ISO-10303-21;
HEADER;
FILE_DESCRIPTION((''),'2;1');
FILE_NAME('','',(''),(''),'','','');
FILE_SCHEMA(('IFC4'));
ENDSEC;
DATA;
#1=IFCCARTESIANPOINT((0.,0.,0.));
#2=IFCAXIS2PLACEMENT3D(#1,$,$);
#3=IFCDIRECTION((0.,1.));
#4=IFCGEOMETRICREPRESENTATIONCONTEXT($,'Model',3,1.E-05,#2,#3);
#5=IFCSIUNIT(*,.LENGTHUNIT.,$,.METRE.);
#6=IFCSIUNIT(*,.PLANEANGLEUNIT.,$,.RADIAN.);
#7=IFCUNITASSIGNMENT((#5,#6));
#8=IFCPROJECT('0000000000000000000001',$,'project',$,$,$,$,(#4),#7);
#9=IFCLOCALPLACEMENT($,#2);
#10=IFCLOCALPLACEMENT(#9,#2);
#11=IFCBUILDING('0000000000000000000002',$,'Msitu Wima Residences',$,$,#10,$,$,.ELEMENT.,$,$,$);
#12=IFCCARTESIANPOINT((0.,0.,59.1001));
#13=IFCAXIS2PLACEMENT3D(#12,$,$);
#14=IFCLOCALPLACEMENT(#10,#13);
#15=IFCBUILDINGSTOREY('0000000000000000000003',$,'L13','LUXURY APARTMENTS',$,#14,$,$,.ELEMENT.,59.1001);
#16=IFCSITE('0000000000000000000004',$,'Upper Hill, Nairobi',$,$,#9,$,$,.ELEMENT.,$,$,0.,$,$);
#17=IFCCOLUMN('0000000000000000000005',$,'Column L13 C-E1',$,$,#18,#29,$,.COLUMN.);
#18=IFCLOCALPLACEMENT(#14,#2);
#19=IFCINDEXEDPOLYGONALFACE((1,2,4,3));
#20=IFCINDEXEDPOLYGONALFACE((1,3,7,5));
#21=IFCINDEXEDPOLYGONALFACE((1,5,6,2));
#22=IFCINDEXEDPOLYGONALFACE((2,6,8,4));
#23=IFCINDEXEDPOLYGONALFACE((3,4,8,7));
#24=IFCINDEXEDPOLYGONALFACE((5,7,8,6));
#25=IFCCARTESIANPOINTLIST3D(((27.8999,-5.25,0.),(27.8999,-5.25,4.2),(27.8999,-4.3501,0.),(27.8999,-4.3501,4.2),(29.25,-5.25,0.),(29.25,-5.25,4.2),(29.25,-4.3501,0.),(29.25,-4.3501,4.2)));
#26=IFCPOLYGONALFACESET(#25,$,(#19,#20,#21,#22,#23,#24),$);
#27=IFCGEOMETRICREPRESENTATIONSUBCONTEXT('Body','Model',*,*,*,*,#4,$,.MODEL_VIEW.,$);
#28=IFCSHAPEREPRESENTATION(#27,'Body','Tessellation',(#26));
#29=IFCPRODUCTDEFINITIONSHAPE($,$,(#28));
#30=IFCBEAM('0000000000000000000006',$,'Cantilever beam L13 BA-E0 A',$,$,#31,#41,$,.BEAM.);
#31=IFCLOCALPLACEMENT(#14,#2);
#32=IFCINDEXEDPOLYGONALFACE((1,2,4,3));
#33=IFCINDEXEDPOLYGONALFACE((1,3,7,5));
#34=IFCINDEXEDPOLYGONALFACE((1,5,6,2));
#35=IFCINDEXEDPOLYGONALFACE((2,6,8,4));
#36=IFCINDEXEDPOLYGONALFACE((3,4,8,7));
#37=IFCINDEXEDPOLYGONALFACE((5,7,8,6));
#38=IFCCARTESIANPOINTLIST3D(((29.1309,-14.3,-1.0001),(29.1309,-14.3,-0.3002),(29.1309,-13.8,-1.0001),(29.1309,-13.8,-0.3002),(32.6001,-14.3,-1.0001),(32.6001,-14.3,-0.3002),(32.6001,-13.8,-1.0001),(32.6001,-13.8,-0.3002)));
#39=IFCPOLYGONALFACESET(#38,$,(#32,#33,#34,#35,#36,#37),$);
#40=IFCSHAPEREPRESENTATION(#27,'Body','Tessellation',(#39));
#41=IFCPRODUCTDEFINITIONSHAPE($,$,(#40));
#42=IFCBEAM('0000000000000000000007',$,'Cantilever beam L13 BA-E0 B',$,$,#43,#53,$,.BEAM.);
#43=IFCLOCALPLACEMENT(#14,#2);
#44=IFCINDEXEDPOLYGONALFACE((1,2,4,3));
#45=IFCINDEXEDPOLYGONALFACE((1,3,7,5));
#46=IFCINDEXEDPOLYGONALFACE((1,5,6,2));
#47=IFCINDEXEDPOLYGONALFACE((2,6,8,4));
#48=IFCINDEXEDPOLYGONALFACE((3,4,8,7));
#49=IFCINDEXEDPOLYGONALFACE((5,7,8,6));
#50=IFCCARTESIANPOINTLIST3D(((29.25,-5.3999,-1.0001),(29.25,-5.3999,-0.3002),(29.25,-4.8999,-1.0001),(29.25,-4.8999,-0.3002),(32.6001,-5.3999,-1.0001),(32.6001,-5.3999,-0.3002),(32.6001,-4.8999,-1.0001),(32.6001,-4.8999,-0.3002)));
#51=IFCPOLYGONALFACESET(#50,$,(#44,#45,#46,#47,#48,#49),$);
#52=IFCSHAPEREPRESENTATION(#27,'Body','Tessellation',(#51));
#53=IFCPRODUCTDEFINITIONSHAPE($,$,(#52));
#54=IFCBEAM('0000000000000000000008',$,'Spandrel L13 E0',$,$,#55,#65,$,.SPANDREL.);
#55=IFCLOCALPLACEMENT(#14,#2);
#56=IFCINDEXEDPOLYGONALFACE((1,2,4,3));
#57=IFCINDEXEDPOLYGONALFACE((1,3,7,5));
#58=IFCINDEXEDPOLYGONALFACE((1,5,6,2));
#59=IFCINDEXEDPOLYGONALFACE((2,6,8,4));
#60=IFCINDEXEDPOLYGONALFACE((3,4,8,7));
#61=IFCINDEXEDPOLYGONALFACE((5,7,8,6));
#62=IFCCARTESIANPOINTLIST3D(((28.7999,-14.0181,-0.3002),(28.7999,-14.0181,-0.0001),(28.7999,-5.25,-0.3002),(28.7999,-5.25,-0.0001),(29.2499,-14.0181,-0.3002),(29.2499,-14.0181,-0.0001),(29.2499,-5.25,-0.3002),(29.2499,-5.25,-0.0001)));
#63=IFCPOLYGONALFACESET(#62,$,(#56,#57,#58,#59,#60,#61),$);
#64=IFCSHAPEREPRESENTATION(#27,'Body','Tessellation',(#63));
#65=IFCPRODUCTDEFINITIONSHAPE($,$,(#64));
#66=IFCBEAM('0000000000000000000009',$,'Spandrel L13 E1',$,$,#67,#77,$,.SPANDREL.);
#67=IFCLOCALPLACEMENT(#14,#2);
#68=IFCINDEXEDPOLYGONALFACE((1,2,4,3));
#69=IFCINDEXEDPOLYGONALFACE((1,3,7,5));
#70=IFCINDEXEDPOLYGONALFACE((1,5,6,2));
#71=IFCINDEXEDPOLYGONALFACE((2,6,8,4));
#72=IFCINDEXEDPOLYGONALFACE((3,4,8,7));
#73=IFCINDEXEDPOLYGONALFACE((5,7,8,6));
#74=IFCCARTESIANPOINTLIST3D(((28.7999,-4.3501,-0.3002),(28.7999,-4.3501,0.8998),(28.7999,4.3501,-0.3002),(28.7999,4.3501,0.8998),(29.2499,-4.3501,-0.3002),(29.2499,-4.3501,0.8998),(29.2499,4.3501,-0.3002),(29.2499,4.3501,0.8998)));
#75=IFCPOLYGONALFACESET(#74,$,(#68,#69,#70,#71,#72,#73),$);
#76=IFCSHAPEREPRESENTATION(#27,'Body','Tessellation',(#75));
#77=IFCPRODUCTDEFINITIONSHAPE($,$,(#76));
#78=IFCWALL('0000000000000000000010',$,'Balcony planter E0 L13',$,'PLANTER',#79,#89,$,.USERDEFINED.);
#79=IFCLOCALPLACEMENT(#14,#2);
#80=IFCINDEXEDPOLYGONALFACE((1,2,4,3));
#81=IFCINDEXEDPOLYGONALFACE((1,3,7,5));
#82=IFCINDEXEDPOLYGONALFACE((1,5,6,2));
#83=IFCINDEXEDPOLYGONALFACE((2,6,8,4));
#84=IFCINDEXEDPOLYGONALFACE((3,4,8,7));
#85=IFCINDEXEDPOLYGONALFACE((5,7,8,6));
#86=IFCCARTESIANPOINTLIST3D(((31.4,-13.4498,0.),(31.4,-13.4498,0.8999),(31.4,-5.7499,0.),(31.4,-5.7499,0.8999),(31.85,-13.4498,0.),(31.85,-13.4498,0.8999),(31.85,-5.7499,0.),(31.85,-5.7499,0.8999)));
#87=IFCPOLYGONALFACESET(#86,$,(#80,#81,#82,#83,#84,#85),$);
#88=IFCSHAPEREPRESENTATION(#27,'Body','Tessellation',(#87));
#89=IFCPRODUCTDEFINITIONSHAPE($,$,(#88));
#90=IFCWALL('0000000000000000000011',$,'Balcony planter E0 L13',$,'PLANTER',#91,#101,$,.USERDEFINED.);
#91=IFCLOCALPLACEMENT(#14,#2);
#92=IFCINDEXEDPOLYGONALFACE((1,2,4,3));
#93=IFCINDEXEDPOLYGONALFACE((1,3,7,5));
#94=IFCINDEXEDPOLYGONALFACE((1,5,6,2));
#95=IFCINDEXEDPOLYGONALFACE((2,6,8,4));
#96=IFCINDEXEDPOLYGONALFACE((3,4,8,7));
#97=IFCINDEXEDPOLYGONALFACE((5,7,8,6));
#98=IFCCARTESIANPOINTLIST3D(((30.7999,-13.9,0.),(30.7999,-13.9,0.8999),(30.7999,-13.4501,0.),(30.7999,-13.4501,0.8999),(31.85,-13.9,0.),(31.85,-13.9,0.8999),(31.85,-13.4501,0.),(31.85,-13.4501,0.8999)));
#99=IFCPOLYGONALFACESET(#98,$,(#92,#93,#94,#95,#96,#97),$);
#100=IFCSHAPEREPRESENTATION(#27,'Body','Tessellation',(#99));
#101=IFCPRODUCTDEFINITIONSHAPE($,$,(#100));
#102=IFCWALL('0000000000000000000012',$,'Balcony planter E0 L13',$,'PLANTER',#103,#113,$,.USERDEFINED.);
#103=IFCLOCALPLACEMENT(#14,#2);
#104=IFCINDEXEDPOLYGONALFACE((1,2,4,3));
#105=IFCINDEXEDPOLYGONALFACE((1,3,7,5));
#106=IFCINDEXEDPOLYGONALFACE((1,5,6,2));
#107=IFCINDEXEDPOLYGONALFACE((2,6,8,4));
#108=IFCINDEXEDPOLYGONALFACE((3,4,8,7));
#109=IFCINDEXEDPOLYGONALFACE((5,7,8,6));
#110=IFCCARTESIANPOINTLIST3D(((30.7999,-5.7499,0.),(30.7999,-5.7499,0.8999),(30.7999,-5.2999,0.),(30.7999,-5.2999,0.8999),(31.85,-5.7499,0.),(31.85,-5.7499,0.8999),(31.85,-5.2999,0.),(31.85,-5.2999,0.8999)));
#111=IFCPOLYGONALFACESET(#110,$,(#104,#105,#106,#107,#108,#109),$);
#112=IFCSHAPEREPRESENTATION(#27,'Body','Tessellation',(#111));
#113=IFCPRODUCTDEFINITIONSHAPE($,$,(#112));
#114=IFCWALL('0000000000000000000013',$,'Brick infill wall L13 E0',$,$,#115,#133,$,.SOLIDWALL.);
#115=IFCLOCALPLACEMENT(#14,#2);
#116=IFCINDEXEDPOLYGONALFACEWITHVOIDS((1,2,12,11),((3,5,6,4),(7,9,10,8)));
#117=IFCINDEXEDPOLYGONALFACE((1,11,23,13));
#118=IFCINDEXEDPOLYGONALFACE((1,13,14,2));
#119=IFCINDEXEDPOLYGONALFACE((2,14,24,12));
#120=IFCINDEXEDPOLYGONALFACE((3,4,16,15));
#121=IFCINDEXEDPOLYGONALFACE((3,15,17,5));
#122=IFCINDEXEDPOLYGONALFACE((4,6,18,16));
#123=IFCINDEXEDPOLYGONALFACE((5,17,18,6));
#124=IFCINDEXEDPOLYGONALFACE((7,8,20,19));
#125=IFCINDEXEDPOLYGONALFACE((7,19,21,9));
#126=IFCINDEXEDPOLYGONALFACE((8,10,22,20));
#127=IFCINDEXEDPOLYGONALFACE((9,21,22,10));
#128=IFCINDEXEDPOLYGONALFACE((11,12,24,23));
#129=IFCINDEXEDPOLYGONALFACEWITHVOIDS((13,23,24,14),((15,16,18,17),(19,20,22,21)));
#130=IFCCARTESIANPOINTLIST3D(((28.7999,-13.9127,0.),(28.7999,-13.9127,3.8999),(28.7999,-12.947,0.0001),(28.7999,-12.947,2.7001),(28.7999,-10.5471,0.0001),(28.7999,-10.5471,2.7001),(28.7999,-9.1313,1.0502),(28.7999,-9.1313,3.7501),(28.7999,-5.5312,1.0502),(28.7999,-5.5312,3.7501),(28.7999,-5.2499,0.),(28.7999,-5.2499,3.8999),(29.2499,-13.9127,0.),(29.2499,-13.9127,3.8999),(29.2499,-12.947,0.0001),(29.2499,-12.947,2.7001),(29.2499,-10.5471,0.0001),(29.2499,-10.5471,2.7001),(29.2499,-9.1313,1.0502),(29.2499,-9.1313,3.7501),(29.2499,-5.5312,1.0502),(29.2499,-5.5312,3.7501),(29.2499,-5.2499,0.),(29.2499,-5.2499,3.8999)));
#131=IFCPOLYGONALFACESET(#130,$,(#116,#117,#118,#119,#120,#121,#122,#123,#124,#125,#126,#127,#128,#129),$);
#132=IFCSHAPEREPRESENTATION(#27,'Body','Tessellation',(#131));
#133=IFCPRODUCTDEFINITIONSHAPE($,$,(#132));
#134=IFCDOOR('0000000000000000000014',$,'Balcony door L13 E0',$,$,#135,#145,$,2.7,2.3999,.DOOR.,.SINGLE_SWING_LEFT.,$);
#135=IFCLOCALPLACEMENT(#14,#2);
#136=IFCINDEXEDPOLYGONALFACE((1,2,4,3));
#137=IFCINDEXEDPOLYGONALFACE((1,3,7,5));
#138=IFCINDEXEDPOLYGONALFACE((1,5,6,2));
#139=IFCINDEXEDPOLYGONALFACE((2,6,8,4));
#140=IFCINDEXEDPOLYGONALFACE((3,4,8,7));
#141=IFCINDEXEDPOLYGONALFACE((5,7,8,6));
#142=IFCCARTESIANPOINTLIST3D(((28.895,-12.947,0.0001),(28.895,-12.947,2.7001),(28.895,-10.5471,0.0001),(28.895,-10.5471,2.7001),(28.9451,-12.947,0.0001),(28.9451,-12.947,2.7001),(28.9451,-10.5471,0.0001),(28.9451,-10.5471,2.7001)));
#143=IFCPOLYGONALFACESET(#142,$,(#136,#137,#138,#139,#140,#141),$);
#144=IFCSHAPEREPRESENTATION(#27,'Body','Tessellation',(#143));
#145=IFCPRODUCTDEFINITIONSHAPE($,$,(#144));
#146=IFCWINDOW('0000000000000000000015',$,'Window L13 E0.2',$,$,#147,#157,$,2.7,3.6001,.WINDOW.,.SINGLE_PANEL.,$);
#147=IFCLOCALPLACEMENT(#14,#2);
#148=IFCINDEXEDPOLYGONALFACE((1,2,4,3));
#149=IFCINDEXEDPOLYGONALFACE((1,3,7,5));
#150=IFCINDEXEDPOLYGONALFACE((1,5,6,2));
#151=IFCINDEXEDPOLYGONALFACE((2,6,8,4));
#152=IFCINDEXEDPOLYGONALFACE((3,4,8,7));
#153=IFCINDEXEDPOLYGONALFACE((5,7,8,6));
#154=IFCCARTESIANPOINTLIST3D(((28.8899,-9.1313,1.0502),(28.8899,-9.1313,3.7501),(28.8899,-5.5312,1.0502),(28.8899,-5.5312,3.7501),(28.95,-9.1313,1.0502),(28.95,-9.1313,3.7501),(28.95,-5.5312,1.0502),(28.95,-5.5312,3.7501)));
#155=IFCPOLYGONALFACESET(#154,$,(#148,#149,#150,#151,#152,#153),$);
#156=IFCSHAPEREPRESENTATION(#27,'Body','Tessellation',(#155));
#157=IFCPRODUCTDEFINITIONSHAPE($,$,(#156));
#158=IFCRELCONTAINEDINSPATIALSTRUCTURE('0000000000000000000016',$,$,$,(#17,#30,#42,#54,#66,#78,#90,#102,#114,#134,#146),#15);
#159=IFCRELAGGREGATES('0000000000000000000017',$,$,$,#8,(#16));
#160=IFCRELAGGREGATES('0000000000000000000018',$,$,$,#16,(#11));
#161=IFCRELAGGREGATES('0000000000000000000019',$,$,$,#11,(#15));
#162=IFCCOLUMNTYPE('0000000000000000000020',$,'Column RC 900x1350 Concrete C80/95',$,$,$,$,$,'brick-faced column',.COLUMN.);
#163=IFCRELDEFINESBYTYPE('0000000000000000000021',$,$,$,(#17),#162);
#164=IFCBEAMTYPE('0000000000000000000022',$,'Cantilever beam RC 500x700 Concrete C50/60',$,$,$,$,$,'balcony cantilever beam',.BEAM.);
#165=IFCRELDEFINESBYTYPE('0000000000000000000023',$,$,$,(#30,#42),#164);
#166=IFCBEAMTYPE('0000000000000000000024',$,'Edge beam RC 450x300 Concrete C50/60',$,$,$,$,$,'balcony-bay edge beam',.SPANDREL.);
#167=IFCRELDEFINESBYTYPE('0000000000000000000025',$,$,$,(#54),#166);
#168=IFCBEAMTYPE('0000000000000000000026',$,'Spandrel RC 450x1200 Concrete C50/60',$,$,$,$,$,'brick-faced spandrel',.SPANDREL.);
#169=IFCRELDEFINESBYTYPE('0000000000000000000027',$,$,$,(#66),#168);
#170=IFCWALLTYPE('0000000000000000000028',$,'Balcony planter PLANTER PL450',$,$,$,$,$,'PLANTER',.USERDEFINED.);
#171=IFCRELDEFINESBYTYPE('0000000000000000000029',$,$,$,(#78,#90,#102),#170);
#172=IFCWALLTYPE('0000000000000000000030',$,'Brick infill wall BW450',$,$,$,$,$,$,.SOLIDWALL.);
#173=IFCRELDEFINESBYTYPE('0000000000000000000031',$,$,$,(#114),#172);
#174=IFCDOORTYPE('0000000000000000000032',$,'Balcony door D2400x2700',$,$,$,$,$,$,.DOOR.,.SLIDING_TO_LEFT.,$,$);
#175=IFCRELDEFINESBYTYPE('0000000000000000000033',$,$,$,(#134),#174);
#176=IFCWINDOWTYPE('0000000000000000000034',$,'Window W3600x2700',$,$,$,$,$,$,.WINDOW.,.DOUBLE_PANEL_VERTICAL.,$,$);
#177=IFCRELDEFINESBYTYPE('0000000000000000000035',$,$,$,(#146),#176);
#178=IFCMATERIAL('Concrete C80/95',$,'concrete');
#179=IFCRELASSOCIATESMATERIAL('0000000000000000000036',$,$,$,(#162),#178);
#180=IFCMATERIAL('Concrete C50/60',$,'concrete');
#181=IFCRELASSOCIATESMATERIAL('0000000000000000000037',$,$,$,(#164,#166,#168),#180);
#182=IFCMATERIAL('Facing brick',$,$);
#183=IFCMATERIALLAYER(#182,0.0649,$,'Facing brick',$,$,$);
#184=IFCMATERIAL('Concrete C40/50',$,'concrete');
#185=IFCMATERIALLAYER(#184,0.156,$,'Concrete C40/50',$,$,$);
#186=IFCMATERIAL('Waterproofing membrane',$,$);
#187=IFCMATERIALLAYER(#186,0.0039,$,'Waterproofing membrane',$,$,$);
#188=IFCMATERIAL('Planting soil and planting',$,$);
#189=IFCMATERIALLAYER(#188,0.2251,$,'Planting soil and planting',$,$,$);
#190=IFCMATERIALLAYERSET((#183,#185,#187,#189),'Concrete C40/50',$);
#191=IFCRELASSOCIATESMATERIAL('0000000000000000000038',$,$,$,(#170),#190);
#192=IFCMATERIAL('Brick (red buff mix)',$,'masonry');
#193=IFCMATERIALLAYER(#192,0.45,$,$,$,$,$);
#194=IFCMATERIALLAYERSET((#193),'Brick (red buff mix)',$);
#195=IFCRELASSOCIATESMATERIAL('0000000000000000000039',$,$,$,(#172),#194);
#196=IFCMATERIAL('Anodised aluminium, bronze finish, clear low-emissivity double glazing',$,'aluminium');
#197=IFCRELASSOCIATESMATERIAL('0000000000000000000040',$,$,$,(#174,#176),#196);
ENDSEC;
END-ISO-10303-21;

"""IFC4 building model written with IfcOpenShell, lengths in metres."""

from ifc_helpers import new_model, si_unit, direction, frame, frame_2d, origin, origin_2d, place, context, subcontext, project, spatial, rectangle, extrude, material, layer, layer_set, material_profile, profile_set, type_object, element, fill, save


model = new_model("IFC4")

# Units and contexts
model_context = context("Model", 3, precision=1e-05, world=origin(), true_north=direction((0.0, 1.0)))
body_context = subcontext(model_context, "Body", "Model", "MODEL_VIEW")
ifc_project = project(units=[si_unit("LENGTHUNIT", "METRE"), si_unit("PLANEANGLEUNIT", "RADIAN")], contexts=[model_context])

# Site, building, storey
site_placement = place(None, origin())
site = spatial("IfcSite", under=ifc_project, at=site_placement, Name="Upper Hill, Nairobi", CompositionType="ELEMENT", RefElevation=0.0)
building_placement = place(site_placement, origin())
building = spatial("IfcBuilding", under=site, at=building_placement, Name="Msitu Wima Residences", CompositionType="ELEMENT")
storey_placement = place(building_placement, frame((0.0, 0.0, 59.1001)))
storey = spatial("IfcBuildingStorey", under=building, at=storey_placement, Name="L13", Description="LUXURY APARTMENTS", CompositionType="ELEMENT", Elevation=59.1001)

# Column
ifc_material_1 = material(Name="Concrete C80/95", Category="concrete")
ifc_material_profile_1 = material_profile(ifc_material_1, rectangle(XDim=0.8999, YDim=1.3501, at=origin_2d()), Name="RC 900x1350")
ifc_profile_set_1 = profile_set([ifc_material_profile_1], Name="Concrete C80/95")
column_type = type_object("IfcColumnType", Name="Column RC 900x1350 Concrete C80/95", ElementType="brick-faced column", PredefinedType="COLUMN", material=ifc_profile_set_1)
column_placement = place(storey_placement, frame((28.575, -4.8, 0.0), z_axis=(0.0, 0.0, 1.0), x_axis=(0.0, 1.0, 0.0)))
element("IfcColumn", 1, at=column_placement, inside=storey, type_object=column_type, Name="Column L13 C-E1", PredefinedType="COLUMN", context=body_context, shape_type="SweptSolid", body=[
    extrude(rectangle(XDim=0.8999, YDim=1.3501, at=origin_2d()), origin(), (0.0, 0.0, 1.0), 4.2),
])

# Beams
ifc_material_2 = material(Name="Concrete C50/60", Category="concrete")
ifc_material_profile_2 = material_profile(ifc_material_2, rectangle(XDim=0.5, YDim=0.7, at=origin_2d()), Name="RC 500x700")
ifc_profile_set_2 = profile_set([ifc_material_profile_2], Name="Concrete C50/60")
beam_type_1 = type_object("IfcBeamType", Name="Cantilever beam RC 500x700 Concrete C50/60", ElementType="balcony cantilever beam", PredefinedType="BEAM", material=ifc_profile_set_2)
beam_1_placement = place(storey_placement, frame((29.1309, -14.05, -0.6501), z_axis=(1.0, 0.0, 0.0), x_axis=(0.0, 1.0, 0.0)))
element("IfcBeam", 2, at=beam_1_placement, inside=storey, type_object=beam_type_1, Name="Cantilever beam L13 BA-E0 A", PredefinedType="BEAM", context=body_context, shape_type="SweptSolid", body=[
    extrude(rectangle(XDim=0.5, YDim=0.7, at=origin_2d()), origin(), (0.0, 0.0, 1.0), 3.4692),
])
beam_2_placement = place(storey_placement, frame((29.25, -5.1499, -0.6501), z_axis=(1.0, 0.0, 0.0), x_axis=(0.0, 1.0, 0.0)))
element("IfcBeam", 3, at=beam_2_placement, inside=storey, type_object=beam_type_1, Name="Cantilever beam L13 BA-E0 B", PredefinedType="BEAM", context=body_context, shape_type="SweptSolid", body=[
    extrude(rectangle(XDim=0.5, YDim=0.7, at=origin_2d()), origin(), (0.0, 0.0, 1.0), 3.3501),
])
ifc_material_profile_3 = material_profile(ifc_material_2, rectangle(XDim=0.45, YDim=0.3, at=origin_2d()), Name="RC 450x300")
ifc_profile_set_3 = profile_set([ifc_material_profile_3], Name="Concrete C50/60")
beam_type_2 = type_object("IfcBeamType", Name="Edge beam RC 450x300 Concrete C50/60", ElementType="balcony-bay edge beam", PredefinedType="SPANDREL", material=ifc_profile_set_3)
beam_3_placement = place(storey_placement, frame((29.0249, -14.0181, -0.1501), z_axis=(0.0, 1.0, 0.0), x_axis=(-1.0, 0.0, 0.0)))
element("IfcBeam", 4, at=beam_3_placement, inside=storey, type_object=beam_type_2, Name="Spandrel L13 E0", PredefinedType="SPANDREL", context=body_context, shape_type="SweptSolid", body=[
    extrude(rectangle(XDim=0.45, YDim=0.3, at=origin_2d()), origin(), (0.0, 0.0, 1.0), 8.7681),
])
ifc_material_profile_4 = material_profile(ifc_material_2, rectangle(XDim=0.45, YDim=1.2, at=origin_2d()), Name="RC 450x1200")
ifc_profile_set_4 = profile_set([ifc_material_profile_4], Name="Concrete C50/60")
beam_type_3 = type_object("IfcBeamType", Name="Spandrel RC 450x1200 Concrete C50/60", ElementType="brick-faced spandrel", PredefinedType="SPANDREL", material=ifc_profile_set_4)
beam_4_placement = place(storey_placement, frame((29.0249, -4.3501, 0.2998), z_axis=(0.0, 1.0, 0.0), x_axis=(-1.0, 0.0, 0.0)))
element("IfcBeam", 5, at=beam_4_placement, inside=storey, type_object=beam_type_3, Name="Spandrel L13 E1", PredefinedType="SPANDREL", context=body_context, shape_type="SweptSolid", body=[
    extrude(rectangle(XDim=0.45, YDim=1.2, at=origin_2d()), origin(), (0.0, 0.0, 1.0), 8.7002),
])

# Walls
ifc_material_3 = material(Name="Facing brick")
ifc_layer_1 = layer(ifc_material_3, 0.0649, Name="Facing brick")
ifc_material_4 = material(Name="Concrete C40/50", Category="concrete")
ifc_layer_2 = layer(ifc_material_4, 0.156, Name="Concrete C40/50")
ifc_material_5 = material(Name="Waterproofing membrane")
ifc_layer_3 = layer(ifc_material_5, 0.0039, Name="Waterproofing membrane")
ifc_material_6 = material(Name="Planting soil and planting")
ifc_layer_4 = layer(ifc_material_6, 0.2251, Name="Planting soil and planting")
ifc_layer_set_1 = layer_set([ifc_layer_1, ifc_layer_2, ifc_layer_3, ifc_layer_4], Name="Concrete C40/50")
wall_type_1 = type_object("IfcWallType", Name="Balcony planter PLANTER PL450", ElementType="PLANTER", PredefinedType="USERDEFINED", material=ifc_layer_set_1)
wall_1_placement = place(storey_placement, frame((31.625, -13.45, 0.0), z_axis=(0.0, 0.0, 1.0), x_axis=(0.0, 1.0, 0.0)))
element("IfcWall", 6, at=wall_1_placement, inside=storey, type_object=wall_type_1, Name="Balcony planter E0 L13", ObjectType="PLANTER", PredefinedType="USERDEFINED", context=body_context, shape_type="SweptSolid", body=[
    extrude(rectangle(XDim=7.7, YDim=0.45, at=frame_2d((3.8501, 0.0))), origin(), (0.0, 0.0, 1.0), 0.8999),
])
for number, where, z_axis, x_axis, name in (
    (7, (30.8, -13.675, 0.0), (0.0, 0.0, 1.0), (1.0, 0.0, 0.0), "Balcony planter E0 L13"),
    (8, (30.8, -5.5249, 0.0), (0.0, 0.0, 1.0), (1.0, 0.0, 0.0), "Balcony planter E0 L13"),
):
    element("IfcWall", number, at=place(storey_placement, frame(where, z_axis=z_axis, x_axis=x_axis)), inside=storey, type_object=wall_type_1, Name=name, ObjectType="PLANTER", PredefinedType="USERDEFINED", context=body_context, shape_type="SweptSolid", body=[
        extrude(rectangle(XDim=1.05, YDim=0.45, at=frame_2d((0.5249, 0.0))), origin(), (0.0, 0.0, 1.0), 0.8999),
    ])

# Wall, openings, door, window
ifc_material_7 = material(Name="Brick (red buff mix)", Category="masonry")
ifc_layer_5 = layer(ifc_material_7, 0.45)
ifc_layer_set_2 = layer_set([ifc_layer_5], Name="Brick (red buff mix)")
wall_type_2 = type_object("IfcWallType", Name="Brick infill wall BW450", PredefinedType="SOLIDWALL", material=ifc_layer_set_2)
wall_2_placement = place(storey_placement, frame((29.0249, -13.9128, 0.0), z_axis=(0.0, 0.0, 1.0), x_axis=(0.0, 1.0, 0.0)))
wall_2 = element("IfcWall", 9, at=wall_2_placement, inside=storey, type_object=wall_type_2, Name="Brick infill wall L13 E0", PredefinedType="SOLIDWALL", context=body_context, shape_type="SweptSolid", body=[
    extrude(rectangle(XDim=8.6628, YDim=0.45, at=frame_2d((4.3315, 0.0))), origin(), (0.0, 0.0, 1.0), 3.8999),
])
opening_1_placement = place(wall_2_placement, frame((0.9658, 0.0, 0.0)))
opening_1 = element("IfcOpeningElement", 10, at=opening_1_placement, cuts=wall_2, PredefinedType="OPENING", context=body_context, shape_type="SweptSolid", body=[
    extrude(rectangle(XDim=2.3999, YDim=2.7, at=frame_2d((1.2, 1.3501))), frame((0.0, 0.2349, 0.0), z_axis=(0.0, -1.0, 0.0), x_axis=(1.0, 0.0, 0.0)), (0.0, 0.0, 1.0), 0.47),
])
opening_2_placement = place(wall_2_placement, frame((4.7815, 0.0, 1.05)))
opening_2 = element("IfcOpeningElement", 11, at=opening_2_placement, cuts=wall_2, PredefinedType="OPENING", context=body_context, shape_type="SweptSolid", body=[
    extrude(rectangle(XDim=3.6001, YDim=2.7, at=frame_2d((1.8, 1.3501))), frame((0.0, 0.2349, 0.0), z_axis=(0.0, -1.0, 0.0), x_axis=(1.0, 0.0, 0.0)), (0.0, 0.0, 1.0), 0.47),
])
ifc_material_8 = material(Name="Anodised aluminium, bronze finish, clear low-emissivity double glazing", Category="aluminium")
door_type = type_object("IfcDoorType", Name="Balcony door D2400x2700", OperationType="SLIDING_TO_LEFT", PredefinedType="DOOR", material=ifc_material_8)
door_placement = place(opening_1_placement, origin())
door = element("IfcDoor", 12, at=door_placement, inside=storey, type_object=door_type, Name="Balcony door L13 E0", OperationType="SINGLE_SWING_LEFT", OverallHeight=2.7, OverallWidth=2.3999, PredefinedType="DOOR", context=body_context, shape_type="SweptSolid", body=[
    extrude(rectangle(XDim=2.3999, YDim=2.7, at=frame_2d((1.2, 1.3501))), frame((0.0, 0.1299, 0.0), z_axis=(0.0, -1.0, 0.0), x_axis=(1.0, 0.0, 0.0)), (0.0, 0.0, 1.0), 0.05),
])
fill(opening_1, door)
window_type = type_object("IfcWindowType", Name="Window W3600x2700", PartitioningType="DOUBLE_PANEL_VERTICAL", PredefinedType="WINDOW", material=ifc_material_8)
window_1_placement = place(opening_2_placement, origin())
window_1 = element("IfcWindow", 13, at=window_1_placement, inside=storey, type_object=window_type, Name="Window L13 E0.2", OverallHeight=2.7, OverallWidth=3.6001, PartitioningType="SINGLE_PANEL", PredefinedType="WINDOW", context=body_context, shape_type="SweptSolid", body=[
    extrude(rectangle(XDim=3.6001, YDim=2.7, at=frame_2d((1.8, 1.3501))), frame((0.0, 0.135, 0.0), z_axis=(0.0, -1.0, 0.0), x_axis=(1.0, 0.0, 0.0)), (0.0, 0.0, 1.0), 0.0601),
])
fill(opening_2, window_1)

save(model, "model.ifc")
